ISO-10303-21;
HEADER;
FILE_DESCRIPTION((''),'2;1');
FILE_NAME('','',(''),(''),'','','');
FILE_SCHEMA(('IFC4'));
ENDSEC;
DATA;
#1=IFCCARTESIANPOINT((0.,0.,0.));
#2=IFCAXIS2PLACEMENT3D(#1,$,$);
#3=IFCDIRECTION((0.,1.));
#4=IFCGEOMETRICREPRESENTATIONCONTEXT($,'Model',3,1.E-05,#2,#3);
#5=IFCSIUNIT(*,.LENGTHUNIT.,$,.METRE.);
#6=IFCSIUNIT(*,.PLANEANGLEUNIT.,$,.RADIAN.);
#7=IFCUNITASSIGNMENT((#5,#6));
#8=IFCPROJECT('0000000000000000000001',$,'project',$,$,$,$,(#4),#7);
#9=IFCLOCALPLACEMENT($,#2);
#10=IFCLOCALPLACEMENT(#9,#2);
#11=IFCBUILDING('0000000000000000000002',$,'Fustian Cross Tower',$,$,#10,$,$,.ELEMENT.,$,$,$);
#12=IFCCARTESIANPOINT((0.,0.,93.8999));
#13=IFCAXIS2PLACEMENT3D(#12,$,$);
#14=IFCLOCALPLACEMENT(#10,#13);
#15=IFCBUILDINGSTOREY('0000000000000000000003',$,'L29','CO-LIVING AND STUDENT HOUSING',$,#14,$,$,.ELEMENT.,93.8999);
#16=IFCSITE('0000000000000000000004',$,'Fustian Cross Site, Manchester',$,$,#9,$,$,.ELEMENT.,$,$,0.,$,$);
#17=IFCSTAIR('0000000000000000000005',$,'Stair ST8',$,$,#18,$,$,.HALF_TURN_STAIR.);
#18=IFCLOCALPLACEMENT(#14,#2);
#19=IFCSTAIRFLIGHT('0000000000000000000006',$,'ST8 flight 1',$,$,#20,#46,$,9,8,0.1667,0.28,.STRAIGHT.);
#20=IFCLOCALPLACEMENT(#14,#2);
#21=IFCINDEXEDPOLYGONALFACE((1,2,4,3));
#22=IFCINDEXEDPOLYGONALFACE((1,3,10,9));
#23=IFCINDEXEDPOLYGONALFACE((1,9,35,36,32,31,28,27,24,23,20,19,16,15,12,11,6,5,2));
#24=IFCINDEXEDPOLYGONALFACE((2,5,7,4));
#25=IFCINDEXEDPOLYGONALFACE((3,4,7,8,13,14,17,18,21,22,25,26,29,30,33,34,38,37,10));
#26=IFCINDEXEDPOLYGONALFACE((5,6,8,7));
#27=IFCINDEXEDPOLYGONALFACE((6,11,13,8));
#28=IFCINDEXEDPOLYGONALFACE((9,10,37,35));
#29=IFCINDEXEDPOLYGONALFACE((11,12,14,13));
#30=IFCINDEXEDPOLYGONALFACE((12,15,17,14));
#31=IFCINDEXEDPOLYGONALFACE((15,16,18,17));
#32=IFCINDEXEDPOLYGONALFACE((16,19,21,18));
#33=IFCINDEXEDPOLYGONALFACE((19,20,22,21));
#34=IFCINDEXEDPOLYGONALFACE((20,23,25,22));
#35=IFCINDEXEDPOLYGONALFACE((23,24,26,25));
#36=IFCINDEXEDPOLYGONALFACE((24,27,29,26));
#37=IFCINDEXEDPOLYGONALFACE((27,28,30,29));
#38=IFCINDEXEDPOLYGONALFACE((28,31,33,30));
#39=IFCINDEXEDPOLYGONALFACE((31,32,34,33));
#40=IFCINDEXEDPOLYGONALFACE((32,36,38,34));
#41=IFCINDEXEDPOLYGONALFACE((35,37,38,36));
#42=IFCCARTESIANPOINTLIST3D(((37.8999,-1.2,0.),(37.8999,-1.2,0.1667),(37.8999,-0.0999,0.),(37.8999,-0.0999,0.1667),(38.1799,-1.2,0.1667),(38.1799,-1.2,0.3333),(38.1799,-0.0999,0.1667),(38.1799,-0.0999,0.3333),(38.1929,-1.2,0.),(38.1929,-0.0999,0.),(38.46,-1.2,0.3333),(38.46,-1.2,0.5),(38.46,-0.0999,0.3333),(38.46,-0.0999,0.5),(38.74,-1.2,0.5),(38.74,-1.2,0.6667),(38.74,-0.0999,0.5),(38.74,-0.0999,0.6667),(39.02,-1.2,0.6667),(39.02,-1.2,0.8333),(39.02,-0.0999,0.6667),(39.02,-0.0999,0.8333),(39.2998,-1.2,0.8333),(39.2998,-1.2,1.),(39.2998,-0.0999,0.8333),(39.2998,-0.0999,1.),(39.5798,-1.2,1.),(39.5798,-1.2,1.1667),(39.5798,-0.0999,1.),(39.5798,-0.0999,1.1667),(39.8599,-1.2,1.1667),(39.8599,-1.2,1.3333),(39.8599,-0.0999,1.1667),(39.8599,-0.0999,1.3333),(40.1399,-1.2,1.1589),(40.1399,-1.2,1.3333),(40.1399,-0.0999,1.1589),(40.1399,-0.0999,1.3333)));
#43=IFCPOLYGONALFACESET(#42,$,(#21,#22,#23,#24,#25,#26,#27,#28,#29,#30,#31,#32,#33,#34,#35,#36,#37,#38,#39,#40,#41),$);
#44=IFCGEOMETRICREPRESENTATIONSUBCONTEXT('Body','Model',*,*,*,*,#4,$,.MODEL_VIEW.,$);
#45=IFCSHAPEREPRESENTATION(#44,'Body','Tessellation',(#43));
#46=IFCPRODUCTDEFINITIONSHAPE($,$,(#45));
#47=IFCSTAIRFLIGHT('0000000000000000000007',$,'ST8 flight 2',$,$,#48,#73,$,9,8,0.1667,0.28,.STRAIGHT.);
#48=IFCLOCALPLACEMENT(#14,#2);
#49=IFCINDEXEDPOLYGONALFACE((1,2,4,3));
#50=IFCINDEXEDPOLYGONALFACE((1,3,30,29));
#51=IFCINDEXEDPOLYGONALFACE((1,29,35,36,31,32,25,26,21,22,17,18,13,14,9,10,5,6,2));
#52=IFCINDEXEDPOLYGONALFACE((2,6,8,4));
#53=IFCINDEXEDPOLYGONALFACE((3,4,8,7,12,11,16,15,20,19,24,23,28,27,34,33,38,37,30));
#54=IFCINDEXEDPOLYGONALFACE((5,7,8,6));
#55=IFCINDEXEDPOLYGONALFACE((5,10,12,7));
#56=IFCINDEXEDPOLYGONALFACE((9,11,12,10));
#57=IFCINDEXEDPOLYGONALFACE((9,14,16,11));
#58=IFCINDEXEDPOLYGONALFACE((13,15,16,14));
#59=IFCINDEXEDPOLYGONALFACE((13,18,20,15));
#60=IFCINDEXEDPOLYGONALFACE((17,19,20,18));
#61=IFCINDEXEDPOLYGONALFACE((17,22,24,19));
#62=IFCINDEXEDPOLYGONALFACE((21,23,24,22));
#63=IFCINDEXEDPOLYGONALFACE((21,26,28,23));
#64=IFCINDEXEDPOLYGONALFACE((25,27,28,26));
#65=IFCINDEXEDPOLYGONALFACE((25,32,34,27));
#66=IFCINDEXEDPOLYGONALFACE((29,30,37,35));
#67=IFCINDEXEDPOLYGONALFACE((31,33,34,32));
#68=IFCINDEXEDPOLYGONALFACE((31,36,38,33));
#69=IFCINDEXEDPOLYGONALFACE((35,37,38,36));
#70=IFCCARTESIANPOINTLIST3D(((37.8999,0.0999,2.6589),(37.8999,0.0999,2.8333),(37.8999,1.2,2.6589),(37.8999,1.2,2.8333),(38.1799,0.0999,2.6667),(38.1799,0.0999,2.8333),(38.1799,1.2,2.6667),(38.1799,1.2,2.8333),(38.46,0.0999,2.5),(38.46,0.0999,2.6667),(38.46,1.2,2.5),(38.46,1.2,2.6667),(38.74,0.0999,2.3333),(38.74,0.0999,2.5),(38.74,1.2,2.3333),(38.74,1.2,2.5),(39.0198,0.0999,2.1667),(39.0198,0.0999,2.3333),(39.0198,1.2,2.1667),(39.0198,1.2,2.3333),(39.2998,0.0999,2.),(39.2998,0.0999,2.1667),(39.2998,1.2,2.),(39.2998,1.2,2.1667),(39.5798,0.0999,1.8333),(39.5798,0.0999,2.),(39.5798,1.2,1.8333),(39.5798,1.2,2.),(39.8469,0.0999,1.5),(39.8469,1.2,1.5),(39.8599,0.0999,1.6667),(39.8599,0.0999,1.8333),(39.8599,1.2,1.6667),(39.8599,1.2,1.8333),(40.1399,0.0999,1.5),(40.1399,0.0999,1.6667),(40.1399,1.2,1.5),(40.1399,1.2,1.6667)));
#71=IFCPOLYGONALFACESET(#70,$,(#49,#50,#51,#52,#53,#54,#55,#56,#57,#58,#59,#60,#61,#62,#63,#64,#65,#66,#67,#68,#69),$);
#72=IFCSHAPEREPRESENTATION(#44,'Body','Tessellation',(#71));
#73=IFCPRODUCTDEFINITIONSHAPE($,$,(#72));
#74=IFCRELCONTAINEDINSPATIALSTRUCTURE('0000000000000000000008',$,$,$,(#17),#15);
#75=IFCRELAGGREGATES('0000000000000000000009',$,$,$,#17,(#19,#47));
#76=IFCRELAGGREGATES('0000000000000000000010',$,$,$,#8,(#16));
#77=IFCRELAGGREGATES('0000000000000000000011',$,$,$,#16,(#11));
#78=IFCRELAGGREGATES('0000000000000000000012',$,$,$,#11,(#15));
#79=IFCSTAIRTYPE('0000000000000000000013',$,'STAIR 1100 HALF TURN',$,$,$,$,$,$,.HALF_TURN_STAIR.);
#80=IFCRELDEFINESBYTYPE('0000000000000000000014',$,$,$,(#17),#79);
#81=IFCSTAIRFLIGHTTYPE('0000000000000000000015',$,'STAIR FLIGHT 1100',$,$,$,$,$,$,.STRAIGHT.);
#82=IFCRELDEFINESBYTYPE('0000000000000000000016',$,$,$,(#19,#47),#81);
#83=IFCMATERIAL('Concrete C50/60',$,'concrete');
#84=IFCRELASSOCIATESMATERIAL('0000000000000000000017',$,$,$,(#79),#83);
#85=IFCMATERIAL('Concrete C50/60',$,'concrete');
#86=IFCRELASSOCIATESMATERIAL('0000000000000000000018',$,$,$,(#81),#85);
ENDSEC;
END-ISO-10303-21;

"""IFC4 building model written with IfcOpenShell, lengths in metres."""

from ifc_helpers import new_model, si_unit, direction, frame, origin, place, context, subcontext, project, spatial, polyline, outline, extrude, material, type_object, element, aggregate, save


model = new_model("IFC4")

# Units and contexts
model_context = context("Model", 3, precision=1e-05, world=origin(), true_north=direction((0.0, 1.0)))
body_context = subcontext(model_context, "Body", "Model", "MODEL_VIEW")
ifc_project = project(units=[si_unit("LENGTHUNIT", "METRE"), si_unit("PLANEANGLEUNIT", "RADIAN")], contexts=[model_context])

# Site, building, storey
site_placement = place(None, origin())
site = spatial("IfcSite", under=ifc_project, at=site_placement, Name="Fustian Cross Site, Manchester", CompositionType="ELEMENT", RefElevation=0.0)
building_placement = place(site_placement, origin())
building = spatial("IfcBuilding", under=site, at=building_placement, Name="Fustian Cross Tower", CompositionType="ELEMENT")
storey_placement = place(building_placement, frame((0.0, 0.0, 93.8999)))
storey = spatial("IfcBuildingStorey", under=building, at=storey_placement, Name="L29", Description="CO-LIVING AND STUDENT HOUSING", CompositionType="ELEMENT", Elevation=93.8999)

# Stair, stair flights
ifc_material_1 = material(Name="Concrete C50/60", Category="concrete")
stair_type = type_object("IfcStairType", Name="STAIR 1100 HALF TURN", PredefinedType="HALF_TURN_STAIR", material=ifc_material_1)
stair_placement = place(storey_placement, origin())
stair = element("IfcStair", 1, at=stair_placement, inside=storey, type_object=stair_type, Name="Stair ST8", PredefinedType="HALF_TURN_STAIR")
ifc_material_2 = material(Name="Concrete C50/60", Category="concrete")
stair_flight_type = type_object("IfcStairFlightType", Name="STAIR FLIGHT 1100", PredefinedType="STRAIGHT", material=ifc_material_2)
stair_flight_1_placement = place(storey_placement, frame((37.8999, -0.6499, 0.0), z_axis=(0.0, 0.0, 1.0), x_axis=(1.0, 0.0, 0.0)))
stair_flight_1 = element("IfcStairFlight", 2, at=stair_flight_1_placement, type_object=stair_flight_type, Name="ST8 flight 1", NumberOfRisers=9, NumberOfTreads=8, PredefinedType="STRAIGHT", RiserHeight=0.1667, TreadLength=0.28, context=body_context, shape_type="SweptSolid", body=[
    extrude(outline(polyline([(0.0, 0.0), (0.0, 0.1667), (0.28, 0.1667), (0.28, 0.3333), (0.5601, 0.3333), (0.5601, 0.5), (0.8401, 0.5), (0.8401, 0.6667), (1.1201, 0.6667), (1.1201, 0.8333), (1.3999, 0.8333), (1.3999, 1.0), (1.6799, 1.0), (1.6799, 1.1667), (1.96, 1.1667), (1.96, 1.3333), (2.24, 1.3333), (2.24, 1.5), (2.24, 1.1589), (0.293, 0.0), (0.0, 0.0)])), frame((0.0, 0.55, 0.0), z_axis=(0.0, -1.0, 0.0), x_axis=(1.0, 0.0, 0.0)), (0.0, 0.0, 1.0), 1.1001),
])
stair_flight_2_placement = place(storey_placement, frame((40.1399, 0.6499, 1.5), z_axis=(0.0, 0.0, 1.0), x_axis=(-1.0, 0.0, 0.0)))
stair_flight_2 = element("IfcStairFlight", 3, at=stair_flight_2_placement, type_object=stair_flight_type, Name="ST8 flight 2", NumberOfRisers=9, NumberOfTreads=8, PredefinedType="STRAIGHT", RiserHeight=0.1667, TreadLength=0.28, context=body_context, shape_type="SweptSolid", body=[
    extrude(outline(polyline([(0.0, 0.0), (0.0, 0.1667), (0.28, 0.1667), (0.28, 0.3333), (0.5601, 0.3333), (0.5601, 0.5), (0.8401, 0.5), (0.8401, 0.6667), (1.1201, 0.6667), (1.1201, 0.8333), (1.3999, 0.8333), (1.3999, 1.0), (1.6799, 1.0), (1.6799, 1.1667), (1.96, 1.1667), (1.96, 1.3333), (2.24, 1.3333), (2.24, 1.5), (2.24, 1.1589), (0.293, 0.0), (0.0, 0.0)])), frame((0.0, 0.55, 0.0), z_axis=(0.0, -1.0, 0.0), x_axis=(1.0, 0.0, 0.0)), (0.0, 0.0, 1.0), 1.1001),
])
aggregate(stair, [stair_flight_1, stair_flight_2])

save(model, "model.ifc")
